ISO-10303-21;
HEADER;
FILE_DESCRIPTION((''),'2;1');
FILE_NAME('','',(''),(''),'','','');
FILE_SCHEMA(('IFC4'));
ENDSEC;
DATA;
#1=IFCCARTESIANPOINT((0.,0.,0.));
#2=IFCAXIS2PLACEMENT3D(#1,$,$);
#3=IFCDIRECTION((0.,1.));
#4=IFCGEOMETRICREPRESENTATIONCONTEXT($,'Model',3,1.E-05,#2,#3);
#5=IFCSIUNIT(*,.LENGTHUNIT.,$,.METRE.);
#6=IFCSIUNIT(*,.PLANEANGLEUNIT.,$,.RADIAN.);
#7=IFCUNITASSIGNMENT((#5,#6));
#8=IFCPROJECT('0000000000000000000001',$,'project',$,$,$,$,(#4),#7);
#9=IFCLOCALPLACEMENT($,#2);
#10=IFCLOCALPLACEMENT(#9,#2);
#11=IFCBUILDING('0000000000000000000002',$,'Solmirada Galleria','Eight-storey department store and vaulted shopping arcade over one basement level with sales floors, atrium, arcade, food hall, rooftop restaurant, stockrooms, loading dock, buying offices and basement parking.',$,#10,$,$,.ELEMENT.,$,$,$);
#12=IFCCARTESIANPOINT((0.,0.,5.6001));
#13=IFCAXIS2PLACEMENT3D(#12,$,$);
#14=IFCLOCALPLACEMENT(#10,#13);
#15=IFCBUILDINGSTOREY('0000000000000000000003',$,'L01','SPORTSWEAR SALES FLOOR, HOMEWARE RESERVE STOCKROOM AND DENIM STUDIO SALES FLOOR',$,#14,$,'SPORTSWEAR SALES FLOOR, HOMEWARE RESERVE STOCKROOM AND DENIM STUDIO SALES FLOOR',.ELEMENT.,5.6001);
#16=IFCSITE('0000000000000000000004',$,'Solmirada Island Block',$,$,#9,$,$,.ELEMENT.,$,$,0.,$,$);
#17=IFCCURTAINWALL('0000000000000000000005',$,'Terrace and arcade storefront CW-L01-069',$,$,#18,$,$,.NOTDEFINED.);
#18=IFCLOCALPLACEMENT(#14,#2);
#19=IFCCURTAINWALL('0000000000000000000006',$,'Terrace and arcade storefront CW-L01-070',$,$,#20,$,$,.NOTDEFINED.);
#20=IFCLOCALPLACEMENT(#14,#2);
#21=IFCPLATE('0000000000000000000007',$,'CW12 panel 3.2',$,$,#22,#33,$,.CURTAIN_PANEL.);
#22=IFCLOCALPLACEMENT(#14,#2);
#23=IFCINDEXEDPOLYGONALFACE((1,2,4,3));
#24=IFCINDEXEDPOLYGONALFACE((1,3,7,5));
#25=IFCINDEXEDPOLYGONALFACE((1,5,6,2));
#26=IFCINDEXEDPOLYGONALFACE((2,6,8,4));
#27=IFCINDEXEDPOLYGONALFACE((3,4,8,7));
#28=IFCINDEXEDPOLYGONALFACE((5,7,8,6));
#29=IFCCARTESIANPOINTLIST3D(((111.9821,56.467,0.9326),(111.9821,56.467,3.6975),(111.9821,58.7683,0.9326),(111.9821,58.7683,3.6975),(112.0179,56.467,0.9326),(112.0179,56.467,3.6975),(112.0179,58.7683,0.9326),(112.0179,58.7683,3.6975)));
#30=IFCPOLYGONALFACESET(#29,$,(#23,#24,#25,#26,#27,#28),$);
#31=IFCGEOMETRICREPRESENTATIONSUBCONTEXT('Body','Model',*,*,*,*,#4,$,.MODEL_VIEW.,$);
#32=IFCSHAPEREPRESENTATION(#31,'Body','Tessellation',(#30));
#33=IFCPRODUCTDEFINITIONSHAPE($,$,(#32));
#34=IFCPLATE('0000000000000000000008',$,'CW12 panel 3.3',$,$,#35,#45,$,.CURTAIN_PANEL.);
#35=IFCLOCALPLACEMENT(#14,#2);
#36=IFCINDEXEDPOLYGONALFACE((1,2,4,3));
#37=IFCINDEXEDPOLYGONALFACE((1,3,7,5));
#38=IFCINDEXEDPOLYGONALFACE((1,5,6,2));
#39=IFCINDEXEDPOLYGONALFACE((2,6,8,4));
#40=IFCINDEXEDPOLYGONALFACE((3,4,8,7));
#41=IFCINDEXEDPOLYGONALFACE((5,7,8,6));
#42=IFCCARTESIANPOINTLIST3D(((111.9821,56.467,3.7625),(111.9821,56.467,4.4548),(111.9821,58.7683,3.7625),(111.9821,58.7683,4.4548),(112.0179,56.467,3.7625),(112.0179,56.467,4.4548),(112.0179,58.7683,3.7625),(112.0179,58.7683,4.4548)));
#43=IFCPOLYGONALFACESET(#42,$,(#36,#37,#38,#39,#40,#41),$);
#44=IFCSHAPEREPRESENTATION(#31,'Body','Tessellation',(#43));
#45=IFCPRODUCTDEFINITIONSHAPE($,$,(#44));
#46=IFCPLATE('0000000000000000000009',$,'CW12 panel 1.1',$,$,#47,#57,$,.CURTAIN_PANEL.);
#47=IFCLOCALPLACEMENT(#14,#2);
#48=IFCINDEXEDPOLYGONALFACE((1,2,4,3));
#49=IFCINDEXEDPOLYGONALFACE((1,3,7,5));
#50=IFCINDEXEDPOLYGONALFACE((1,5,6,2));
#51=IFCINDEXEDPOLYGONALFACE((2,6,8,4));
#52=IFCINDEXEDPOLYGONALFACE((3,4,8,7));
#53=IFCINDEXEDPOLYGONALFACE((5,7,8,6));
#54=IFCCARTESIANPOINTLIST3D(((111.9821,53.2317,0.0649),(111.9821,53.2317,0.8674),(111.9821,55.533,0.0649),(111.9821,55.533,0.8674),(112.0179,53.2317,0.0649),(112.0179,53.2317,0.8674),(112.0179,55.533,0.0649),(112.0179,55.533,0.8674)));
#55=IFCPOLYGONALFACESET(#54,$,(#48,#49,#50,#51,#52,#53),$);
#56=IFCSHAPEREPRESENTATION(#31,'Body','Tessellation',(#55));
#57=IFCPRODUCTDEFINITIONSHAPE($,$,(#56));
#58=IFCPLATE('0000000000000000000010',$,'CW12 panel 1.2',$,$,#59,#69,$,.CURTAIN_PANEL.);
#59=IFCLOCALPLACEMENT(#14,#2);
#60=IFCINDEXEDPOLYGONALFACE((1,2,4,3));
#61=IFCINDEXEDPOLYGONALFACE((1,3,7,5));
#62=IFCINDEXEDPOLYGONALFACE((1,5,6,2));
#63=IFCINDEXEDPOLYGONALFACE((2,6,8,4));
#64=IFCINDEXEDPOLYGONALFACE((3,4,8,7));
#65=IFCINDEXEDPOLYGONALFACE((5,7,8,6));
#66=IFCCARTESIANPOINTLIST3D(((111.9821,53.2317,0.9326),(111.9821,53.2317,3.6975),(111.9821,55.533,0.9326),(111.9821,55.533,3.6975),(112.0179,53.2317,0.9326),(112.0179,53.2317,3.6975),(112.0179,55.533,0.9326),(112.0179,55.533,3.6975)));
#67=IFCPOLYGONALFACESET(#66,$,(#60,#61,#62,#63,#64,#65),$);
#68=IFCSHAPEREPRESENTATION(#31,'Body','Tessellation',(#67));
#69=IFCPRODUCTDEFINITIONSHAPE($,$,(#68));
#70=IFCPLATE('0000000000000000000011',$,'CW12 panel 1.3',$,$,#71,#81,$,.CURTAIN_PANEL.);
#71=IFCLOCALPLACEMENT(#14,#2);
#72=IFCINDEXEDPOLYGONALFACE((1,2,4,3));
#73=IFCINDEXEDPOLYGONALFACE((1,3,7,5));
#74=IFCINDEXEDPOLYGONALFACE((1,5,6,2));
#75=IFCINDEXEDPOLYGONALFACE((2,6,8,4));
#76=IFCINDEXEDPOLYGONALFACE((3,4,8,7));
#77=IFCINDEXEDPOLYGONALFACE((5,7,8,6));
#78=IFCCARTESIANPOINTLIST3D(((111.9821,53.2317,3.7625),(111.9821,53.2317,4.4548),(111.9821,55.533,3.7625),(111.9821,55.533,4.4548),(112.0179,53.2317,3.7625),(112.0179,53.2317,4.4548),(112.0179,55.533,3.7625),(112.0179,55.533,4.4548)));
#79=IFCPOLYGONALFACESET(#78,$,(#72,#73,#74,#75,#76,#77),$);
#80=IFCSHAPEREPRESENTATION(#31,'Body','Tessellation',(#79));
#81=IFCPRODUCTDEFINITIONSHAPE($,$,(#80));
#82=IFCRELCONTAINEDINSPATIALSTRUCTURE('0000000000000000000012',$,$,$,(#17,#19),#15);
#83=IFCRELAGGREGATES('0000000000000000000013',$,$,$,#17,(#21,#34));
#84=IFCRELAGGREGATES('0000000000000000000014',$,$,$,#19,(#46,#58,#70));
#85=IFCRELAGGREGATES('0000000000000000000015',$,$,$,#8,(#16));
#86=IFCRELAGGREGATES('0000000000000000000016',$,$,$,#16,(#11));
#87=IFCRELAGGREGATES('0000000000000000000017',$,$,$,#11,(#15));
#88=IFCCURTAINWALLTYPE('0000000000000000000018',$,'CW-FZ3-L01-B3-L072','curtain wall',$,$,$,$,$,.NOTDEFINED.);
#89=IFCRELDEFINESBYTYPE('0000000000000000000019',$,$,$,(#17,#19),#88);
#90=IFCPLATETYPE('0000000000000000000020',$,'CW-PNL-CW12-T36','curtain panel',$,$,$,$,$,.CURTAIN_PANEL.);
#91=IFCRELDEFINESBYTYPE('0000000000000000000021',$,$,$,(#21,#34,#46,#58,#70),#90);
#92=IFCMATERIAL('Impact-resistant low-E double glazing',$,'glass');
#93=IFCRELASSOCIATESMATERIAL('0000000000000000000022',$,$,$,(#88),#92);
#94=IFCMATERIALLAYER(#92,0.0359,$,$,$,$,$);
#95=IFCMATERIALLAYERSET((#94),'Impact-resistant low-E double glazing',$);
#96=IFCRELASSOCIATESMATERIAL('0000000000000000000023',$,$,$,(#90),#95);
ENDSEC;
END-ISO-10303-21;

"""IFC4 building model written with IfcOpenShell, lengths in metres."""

from ifc_helpers import new_model, si_unit, direction, frame, origin, origin_2d, place, context, subcontext, project, spatial, rectangle, extrude, material, layer, layer_set, type_object, element, aggregate, save


model = new_model("IFC4")

# Units and contexts
model_context = context("Model", 3, precision=1e-05, world=origin(), true_north=direction((0.0, 1.0)))
body_context = subcontext(model_context, "Body", "Model", "MODEL_VIEW")
ifc_project = project(units=[si_unit("LENGTHUNIT", "METRE"), si_unit("PLANEANGLEUNIT", "RADIAN")], contexts=[model_context])

# Site, building, storey
site_placement = place(None, origin())
site = spatial("IfcSite", under=ifc_project, at=site_placement, Name="Solmirada Island Block", CompositionType="ELEMENT", RefElevation=0.0)
building_placement = place(site_placement, origin())
building = spatial("IfcBuilding", under=site, at=building_placement, Name="Solmirada Galleria", Description="Eight-storey department store and vaulted shopping arcade over one basement level with sales floors, atrium, arcade, food hall, rooftop restaurant, stockrooms, loading dock, buying offices and basement parking.", CompositionType="ELEMENT")
storey_placement = place(building_placement, frame((0.0, 0.0, 5.6001)))
storey = spatial("IfcBuildingStorey", under=building, at=storey_placement, Name="L01", Description="SPORTSWEAR SALES FLOOR, HOMEWARE RESERVE STOCKROOM AND DENIM STUDIO SALES FLOOR", LongName="SPORTSWEAR SALES FLOOR, HOMEWARE RESERVE STOCKROOM AND DENIM STUDIO SALES FLOOR", CompositionType="ELEMENT", Elevation=5.6001)

# Curtain walls
ifc_material_1 = material(Name="Impact-resistant low-E double glazing", Category="glass")
curtain_wall_type = type_object("IfcCurtainWallType", Name="CW-FZ3-L01-B3-L072", Description="curtain wall", PredefinedType="NOTDEFINED", material=ifc_material_1)
curtain_wall_1_placement = place(storey_placement, origin())
curtain_wall_1 = element("IfcCurtainWall", 1, at=curtain_wall_1_placement, inside=storey, type_object=curtain_wall_type, Name="Terrace and arcade storefront CW-L01-069", PredefinedType="NOTDEFINED")
curtain_wall_2_placement = place(storey_placement, origin())
curtain_wall_2 = element("IfcCurtainWall", 2, at=curtain_wall_2_placement, inside=storey, type_object=curtain_wall_type, Name="Terrace and arcade storefront CW-L01-070", PredefinedType="NOTDEFINED")

# Plates
ifc_layer = layer(ifc_material_1, 0.0359)
ifc_layer_set = layer_set([ifc_layer], Name="Impact-resistant low-E double glazing")
plate_type = type_object("IfcPlateType", Name="CW-PNL-CW12-T36", Description="curtain panel", PredefinedType="CURTAIN_PANEL", material=ifc_layer_set)
plate_1_placement = place(storey_placement, frame((112.0, 57.6177, 0.9326), z_axis=(0.0, 0.0, 1.0), x_axis=(0.0, -1.0, 0.0)))
plate_1 = element("IfcPlate", 3, at=plate_1_placement, type_object=plate_type, Name="CW12 panel 3.2", PredefinedType="CURTAIN_PANEL", context=body_context, shape_type="SweptSolid", body=[
    extrude(rectangle(XDim=2.3013, YDim=0.0359, at=origin_2d()), origin(), (0.0, 0.0, 1.0), 2.7649),
])
plate_2_placement = place(storey_placement, frame((112.0, 57.6177, 3.7625), z_axis=(0.0, 0.0, 1.0), x_axis=(0.0, -1.0, 0.0)))
plate_2 = element("IfcPlate", 4, at=plate_2_placement, type_object=plate_type, Name="CW12 panel 3.3", PredefinedType="CURTAIN_PANEL", context=body_context, shape_type="SweptSolid", body=[
    extrude(rectangle(XDim=2.3013, YDim=0.0359, at=origin_2d()), origin(), (0.0, 0.0, 1.0), 0.6924),
])
aggregate(curtain_wall_1, [plate_1, plate_2])
plate_3_placement = place(storey_placement, frame((112.0, 54.3823, 0.0649), z_axis=(0.0, 0.0, 1.0), x_axis=(0.0, -1.0, 0.0)))
plate_3 = element("IfcPlate", 5, at=plate_3_placement, type_object=plate_type, Name="CW12 panel 1.1", PredefinedType="CURTAIN_PANEL", context=body_context, shape_type="SweptSolid", body=[
    extrude(rectangle(XDim=2.3013, YDim=0.0359, at=origin_2d()), origin(), (0.0, 0.0, 1.0), 0.8025),
])
plate_4_placement = place(storey_placement, frame((112.0, 54.3823, 0.9326), z_axis=(0.0, 0.0, 1.0), x_axis=(0.0, -1.0, 0.0)))
plate_4 = element("IfcPlate", 6, at=plate_4_placement, type_object=plate_type, Name="CW12 panel 1.2", PredefinedType="CURTAIN_PANEL", context=body_context, shape_type="SweptSolid", body=[
    extrude(rectangle(XDim=2.3013, YDim=0.0359, at=origin_2d()), origin(), (0.0, 0.0, 1.0), 2.7649),
])
plate_5_placement = place(storey_placement, frame((112.0, 54.3823, 3.7625), z_axis=(0.0, 0.0, 1.0), x_axis=(0.0, -1.0, 0.0)))
plate_5 = element("IfcPlate", 7, at=plate_5_placement, type_object=plate_type, Name="CW12 panel 1.3", PredefinedType="CURTAIN_PANEL", context=body_context, shape_type="SweptSolid", body=[
    extrude(rectangle(XDim=2.3013, YDim=0.0359, at=origin_2d()), origin(), (0.0, 0.0, 1.0), 0.6924),
])
aggregate(curtain_wall_2, [plate_3, plate_4, plate_5])

save(model, "model.ifc")
